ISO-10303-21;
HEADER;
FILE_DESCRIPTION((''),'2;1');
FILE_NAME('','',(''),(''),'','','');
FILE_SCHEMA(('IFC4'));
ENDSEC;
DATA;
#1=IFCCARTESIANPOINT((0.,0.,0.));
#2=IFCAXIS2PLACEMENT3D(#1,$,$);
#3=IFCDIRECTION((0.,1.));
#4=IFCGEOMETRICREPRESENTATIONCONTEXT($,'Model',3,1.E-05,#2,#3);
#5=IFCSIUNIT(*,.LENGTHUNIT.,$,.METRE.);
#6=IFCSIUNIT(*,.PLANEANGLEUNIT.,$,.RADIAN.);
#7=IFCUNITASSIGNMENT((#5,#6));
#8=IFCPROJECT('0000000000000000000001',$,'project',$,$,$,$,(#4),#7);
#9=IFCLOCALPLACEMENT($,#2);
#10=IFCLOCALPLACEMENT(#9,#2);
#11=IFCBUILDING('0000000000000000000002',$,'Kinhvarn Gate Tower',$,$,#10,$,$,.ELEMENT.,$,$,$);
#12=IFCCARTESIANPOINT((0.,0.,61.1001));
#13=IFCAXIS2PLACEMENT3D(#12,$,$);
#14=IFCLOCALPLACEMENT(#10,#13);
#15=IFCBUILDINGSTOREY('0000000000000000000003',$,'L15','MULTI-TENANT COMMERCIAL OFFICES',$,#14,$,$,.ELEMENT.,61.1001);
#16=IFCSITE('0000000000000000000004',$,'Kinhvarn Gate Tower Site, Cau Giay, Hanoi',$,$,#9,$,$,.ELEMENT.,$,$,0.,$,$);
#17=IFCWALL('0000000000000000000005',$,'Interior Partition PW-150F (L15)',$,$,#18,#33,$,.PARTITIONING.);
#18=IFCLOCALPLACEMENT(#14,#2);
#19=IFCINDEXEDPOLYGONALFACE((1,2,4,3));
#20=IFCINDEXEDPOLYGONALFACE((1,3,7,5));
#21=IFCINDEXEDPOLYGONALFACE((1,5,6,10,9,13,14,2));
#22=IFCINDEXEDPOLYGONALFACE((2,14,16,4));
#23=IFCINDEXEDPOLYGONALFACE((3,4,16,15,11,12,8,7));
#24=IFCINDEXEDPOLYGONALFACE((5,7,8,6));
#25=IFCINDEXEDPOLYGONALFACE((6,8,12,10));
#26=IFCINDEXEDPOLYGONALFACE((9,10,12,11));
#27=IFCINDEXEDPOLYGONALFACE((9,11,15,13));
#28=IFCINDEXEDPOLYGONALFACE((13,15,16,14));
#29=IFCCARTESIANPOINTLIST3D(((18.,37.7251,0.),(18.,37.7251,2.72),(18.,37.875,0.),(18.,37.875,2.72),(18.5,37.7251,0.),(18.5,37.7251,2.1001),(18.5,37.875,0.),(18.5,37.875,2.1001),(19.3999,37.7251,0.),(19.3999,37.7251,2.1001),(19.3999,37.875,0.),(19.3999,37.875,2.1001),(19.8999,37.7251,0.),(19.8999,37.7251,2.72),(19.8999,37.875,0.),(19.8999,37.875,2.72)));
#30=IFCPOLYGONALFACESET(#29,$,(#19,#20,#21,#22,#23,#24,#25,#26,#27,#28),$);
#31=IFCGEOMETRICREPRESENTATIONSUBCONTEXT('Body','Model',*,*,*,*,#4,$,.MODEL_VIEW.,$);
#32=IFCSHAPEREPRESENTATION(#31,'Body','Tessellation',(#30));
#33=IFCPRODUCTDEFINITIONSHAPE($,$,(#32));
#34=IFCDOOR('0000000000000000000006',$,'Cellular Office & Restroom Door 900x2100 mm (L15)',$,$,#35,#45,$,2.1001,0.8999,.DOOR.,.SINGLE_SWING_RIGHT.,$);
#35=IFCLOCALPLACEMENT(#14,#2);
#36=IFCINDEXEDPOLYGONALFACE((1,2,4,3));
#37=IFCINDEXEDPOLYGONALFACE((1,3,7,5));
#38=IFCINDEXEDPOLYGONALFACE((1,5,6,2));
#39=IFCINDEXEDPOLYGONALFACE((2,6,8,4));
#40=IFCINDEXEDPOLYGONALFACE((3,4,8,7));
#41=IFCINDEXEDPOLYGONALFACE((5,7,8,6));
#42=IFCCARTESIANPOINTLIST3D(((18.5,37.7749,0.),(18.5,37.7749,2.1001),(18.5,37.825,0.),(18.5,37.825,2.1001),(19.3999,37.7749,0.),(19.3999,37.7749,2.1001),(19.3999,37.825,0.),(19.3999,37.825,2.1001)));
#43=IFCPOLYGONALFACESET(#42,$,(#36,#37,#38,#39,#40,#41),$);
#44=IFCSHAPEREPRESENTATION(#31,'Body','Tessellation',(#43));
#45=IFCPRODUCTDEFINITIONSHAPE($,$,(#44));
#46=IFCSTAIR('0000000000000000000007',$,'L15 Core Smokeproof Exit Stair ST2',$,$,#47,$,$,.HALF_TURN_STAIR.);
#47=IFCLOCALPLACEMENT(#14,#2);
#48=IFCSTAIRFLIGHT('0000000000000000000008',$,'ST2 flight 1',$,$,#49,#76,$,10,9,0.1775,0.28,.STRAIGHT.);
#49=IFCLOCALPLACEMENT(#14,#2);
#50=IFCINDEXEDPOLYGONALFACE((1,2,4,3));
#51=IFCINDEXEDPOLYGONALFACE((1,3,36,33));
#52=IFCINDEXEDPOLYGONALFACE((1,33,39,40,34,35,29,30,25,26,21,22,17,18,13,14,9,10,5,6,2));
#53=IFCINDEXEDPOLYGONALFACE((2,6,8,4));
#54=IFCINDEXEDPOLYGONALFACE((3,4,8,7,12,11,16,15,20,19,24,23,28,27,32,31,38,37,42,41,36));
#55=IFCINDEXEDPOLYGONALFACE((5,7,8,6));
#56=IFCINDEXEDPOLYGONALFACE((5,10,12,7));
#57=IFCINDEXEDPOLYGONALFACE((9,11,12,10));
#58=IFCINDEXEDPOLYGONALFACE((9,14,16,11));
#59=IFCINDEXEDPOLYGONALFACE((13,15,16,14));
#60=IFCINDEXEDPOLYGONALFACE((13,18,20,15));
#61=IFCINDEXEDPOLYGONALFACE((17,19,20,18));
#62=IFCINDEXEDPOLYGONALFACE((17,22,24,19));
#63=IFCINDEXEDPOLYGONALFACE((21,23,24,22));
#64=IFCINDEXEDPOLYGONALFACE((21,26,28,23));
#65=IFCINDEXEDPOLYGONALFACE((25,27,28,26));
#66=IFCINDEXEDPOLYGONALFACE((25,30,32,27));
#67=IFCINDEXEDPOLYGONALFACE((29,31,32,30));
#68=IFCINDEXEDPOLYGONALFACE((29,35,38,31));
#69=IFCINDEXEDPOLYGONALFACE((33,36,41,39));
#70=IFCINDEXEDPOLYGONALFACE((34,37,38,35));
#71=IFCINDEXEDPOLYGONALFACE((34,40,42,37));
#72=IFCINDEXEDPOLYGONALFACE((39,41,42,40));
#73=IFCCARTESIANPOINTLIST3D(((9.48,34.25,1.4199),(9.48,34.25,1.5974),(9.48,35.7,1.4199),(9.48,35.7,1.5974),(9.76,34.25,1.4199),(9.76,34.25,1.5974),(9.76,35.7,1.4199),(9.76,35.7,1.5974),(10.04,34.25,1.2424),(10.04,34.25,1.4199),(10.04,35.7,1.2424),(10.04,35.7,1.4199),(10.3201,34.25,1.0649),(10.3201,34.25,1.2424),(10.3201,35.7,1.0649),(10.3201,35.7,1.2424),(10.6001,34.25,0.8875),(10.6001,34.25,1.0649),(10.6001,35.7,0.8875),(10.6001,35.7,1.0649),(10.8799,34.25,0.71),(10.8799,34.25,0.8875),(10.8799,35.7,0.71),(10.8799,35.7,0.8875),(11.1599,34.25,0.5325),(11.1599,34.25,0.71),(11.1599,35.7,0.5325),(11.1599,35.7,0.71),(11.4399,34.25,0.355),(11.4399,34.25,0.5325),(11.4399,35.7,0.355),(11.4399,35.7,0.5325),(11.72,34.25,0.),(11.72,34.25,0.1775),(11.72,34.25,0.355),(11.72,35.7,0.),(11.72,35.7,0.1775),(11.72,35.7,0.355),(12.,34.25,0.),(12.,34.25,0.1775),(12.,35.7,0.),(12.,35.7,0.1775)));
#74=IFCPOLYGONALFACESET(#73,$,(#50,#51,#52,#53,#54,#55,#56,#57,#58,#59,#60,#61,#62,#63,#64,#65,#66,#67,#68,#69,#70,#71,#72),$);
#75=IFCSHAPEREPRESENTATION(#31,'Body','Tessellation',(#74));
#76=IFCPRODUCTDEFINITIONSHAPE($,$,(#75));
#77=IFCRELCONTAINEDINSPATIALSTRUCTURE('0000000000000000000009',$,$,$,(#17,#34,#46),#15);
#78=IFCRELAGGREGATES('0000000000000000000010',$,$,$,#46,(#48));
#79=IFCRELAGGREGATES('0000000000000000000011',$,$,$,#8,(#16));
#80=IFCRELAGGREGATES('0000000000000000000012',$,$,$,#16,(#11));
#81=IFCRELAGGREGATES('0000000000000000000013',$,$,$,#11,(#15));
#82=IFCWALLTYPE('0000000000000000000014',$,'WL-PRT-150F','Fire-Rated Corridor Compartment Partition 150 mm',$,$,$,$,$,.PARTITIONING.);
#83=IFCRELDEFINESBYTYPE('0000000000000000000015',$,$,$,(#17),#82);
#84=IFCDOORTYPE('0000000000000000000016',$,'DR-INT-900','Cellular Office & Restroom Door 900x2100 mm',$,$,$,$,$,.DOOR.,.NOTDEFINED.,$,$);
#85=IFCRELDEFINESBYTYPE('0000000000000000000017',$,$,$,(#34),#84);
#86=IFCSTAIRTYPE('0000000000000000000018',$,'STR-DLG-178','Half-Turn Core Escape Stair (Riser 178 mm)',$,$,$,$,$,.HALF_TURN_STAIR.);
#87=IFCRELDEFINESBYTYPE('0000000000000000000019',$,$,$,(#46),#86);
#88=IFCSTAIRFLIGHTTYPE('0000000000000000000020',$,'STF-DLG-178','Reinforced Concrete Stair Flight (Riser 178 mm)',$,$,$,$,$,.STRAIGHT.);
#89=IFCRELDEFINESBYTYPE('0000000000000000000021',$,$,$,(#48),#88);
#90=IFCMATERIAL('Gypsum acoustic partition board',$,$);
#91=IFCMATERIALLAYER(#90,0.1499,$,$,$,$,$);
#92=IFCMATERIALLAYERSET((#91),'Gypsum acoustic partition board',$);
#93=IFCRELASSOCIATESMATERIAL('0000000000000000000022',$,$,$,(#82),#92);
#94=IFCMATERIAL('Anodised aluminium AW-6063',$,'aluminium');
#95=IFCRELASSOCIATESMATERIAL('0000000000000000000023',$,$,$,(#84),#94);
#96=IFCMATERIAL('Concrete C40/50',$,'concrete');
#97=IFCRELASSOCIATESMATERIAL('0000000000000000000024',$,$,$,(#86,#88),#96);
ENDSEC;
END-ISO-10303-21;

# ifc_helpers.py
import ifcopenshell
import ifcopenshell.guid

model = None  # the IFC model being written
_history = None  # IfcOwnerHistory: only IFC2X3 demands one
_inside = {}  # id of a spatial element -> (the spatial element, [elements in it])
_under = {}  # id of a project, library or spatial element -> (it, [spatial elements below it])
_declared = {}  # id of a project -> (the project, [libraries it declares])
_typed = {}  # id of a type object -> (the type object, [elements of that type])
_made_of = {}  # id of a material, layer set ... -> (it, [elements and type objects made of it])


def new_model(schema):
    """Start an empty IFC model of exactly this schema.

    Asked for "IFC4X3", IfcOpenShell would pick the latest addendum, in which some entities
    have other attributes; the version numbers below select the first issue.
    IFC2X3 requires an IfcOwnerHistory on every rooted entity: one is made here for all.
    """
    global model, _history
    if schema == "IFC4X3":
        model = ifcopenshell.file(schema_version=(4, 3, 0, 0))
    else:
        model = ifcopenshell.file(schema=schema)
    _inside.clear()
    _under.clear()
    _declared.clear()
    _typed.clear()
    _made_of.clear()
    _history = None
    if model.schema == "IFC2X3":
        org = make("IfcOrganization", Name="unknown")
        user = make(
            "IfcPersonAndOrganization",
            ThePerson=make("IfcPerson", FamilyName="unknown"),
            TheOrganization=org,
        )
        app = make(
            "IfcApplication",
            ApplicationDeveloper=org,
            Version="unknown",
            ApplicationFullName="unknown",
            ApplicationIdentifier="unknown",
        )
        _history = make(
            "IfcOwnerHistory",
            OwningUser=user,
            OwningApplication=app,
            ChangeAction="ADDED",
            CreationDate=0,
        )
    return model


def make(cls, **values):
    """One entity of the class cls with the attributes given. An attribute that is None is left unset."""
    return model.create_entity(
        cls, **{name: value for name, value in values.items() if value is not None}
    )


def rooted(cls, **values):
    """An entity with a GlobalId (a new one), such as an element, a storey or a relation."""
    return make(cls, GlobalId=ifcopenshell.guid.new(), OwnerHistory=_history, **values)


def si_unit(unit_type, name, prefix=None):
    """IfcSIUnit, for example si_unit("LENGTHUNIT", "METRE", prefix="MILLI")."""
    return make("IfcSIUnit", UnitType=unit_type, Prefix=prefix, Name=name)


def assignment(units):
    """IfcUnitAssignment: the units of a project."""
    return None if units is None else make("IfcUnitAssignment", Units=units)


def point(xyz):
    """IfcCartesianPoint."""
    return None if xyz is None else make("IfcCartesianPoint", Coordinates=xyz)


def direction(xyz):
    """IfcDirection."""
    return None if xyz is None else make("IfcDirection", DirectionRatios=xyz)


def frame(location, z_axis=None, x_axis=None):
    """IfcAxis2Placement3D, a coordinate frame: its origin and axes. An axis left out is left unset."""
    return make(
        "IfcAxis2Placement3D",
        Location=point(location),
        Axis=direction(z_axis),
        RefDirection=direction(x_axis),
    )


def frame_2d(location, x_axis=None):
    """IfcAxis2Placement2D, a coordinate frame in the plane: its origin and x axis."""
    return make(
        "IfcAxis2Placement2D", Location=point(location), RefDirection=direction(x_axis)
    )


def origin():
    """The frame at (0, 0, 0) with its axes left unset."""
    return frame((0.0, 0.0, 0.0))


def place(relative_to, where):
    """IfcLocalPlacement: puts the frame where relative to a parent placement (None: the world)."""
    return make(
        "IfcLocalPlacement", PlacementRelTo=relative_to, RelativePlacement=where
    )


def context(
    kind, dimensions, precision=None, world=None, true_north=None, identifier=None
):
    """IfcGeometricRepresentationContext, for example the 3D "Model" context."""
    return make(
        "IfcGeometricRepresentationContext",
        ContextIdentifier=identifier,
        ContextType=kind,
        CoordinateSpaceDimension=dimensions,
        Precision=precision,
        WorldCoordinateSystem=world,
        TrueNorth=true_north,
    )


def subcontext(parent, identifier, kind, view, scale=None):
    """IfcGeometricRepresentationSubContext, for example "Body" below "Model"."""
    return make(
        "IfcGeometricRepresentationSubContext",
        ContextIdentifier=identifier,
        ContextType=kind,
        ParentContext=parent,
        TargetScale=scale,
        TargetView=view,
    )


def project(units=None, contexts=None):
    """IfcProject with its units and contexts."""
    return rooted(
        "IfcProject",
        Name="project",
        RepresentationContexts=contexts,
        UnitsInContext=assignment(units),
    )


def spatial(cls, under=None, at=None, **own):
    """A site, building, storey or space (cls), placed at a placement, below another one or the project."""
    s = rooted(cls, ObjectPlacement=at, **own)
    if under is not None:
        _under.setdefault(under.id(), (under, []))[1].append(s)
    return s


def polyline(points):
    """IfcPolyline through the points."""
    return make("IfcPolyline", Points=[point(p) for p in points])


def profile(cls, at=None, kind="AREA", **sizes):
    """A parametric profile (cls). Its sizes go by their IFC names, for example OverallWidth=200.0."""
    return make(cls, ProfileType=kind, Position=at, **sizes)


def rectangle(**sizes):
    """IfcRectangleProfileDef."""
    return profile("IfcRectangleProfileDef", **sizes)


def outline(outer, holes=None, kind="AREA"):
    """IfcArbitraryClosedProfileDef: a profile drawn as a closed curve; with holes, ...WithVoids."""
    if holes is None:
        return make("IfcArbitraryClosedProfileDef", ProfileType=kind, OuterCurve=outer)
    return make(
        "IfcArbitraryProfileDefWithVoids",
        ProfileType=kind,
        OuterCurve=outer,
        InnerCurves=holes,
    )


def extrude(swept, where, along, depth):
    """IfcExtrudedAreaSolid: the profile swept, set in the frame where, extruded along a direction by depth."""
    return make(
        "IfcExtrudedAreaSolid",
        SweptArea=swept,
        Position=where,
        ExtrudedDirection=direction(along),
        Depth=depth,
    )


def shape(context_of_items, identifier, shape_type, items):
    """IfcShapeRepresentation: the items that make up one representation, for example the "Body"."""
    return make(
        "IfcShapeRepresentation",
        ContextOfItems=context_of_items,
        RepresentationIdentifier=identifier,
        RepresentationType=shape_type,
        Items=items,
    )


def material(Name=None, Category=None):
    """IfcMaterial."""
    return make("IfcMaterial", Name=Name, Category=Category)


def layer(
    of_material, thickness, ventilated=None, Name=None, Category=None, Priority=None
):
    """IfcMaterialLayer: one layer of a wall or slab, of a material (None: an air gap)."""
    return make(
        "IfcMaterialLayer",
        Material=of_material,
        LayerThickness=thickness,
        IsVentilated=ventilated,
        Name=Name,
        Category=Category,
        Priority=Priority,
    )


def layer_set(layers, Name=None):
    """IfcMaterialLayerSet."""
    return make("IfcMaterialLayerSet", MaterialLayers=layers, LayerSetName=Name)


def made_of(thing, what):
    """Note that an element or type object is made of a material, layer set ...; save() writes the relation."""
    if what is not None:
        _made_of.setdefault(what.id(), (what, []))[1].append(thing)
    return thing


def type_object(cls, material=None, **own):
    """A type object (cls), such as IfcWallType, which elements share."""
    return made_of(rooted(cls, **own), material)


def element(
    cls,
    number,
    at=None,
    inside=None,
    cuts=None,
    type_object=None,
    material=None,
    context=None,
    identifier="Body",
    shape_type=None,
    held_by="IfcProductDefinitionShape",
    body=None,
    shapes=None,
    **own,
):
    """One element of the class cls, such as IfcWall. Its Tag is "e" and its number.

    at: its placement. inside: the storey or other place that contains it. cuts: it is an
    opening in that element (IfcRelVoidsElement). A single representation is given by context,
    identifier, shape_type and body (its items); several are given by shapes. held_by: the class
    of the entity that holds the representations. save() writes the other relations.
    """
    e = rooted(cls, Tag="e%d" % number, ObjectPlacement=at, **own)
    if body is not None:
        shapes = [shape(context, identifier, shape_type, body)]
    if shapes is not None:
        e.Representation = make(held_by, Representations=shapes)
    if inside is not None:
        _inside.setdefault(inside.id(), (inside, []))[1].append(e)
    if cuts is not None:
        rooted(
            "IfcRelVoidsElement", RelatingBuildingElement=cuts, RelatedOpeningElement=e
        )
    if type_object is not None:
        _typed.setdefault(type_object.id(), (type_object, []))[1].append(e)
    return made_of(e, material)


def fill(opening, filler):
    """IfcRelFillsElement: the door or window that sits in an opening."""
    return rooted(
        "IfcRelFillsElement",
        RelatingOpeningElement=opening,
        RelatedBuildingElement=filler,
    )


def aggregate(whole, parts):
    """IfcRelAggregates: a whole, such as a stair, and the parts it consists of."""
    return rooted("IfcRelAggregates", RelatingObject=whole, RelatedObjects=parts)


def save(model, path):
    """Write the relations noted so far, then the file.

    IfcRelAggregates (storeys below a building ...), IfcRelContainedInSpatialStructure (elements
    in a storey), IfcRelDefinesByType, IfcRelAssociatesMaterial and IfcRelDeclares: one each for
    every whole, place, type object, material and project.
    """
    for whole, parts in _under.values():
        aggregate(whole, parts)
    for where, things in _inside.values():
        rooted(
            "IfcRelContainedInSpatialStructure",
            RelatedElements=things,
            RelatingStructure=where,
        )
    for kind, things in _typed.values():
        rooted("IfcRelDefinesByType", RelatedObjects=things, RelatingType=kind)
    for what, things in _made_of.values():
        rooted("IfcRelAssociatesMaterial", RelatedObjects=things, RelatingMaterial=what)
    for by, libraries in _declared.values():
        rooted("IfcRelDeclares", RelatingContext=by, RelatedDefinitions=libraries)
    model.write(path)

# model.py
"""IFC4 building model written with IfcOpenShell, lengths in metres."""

from ifc_helpers import new_model, si_unit, direction, frame, frame_2d, origin, place, context, subcontext, project, spatial, polyline, rectangle, outline, extrude, material, layer, layer_set, type_object, element, fill, aggregate, save


model = new_model("IFC4")

# Units and contexts
model_context = context("Model", 3, precision=1e-05, world=origin(), true_north=direction((0.0, 1.0)))
body_context = subcontext(model_context, "Body", "Model", "MODEL_VIEW")
ifc_project = project(units=[si_unit("LENGTHUNIT", "METRE"), si_unit("PLANEANGLEUNIT", "RADIAN")], contexts=[model_context])

# Site, building, storey
site_placement = place(None, origin())
site = spatial("IfcSite", under=ifc_project, at=site_placement, Name="Kinhvarn Gate Tower Site, Cau Giay, Hanoi", CompositionType="ELEMENT", RefElevation=0.0)
building_placement = place(site_placement, origin())
building = spatial("IfcBuilding", under=site, at=building_placement, Name="Kinhvarn Gate Tower", CompositionType="ELEMENT")
storey_placement = place(building_placement, frame((0.0, 0.0, 61.1001)))
storey = spatial("IfcBuildingStorey", under=building, at=storey_placement, Name="L15", Description="MULTI-TENANT COMMERCIAL OFFICES", CompositionType="ELEMENT", Elevation=61.1001)

# Shared definitions
ifc_material_1 = material(Name="Anodised aluminium AW-6063", Category="aluminium")

# Shared definitions
ifc_material_2 = material(Name="Gypsum acoustic partition board")

# Shared definitions
ifc_layer_1 = layer(ifc_material_2, 0.1499)
ifc_layer_set_1 = layer_set([ifc_layer_1], Name="Gypsum acoustic partition board")
wall_type_1 = type_object("IfcWallType", Name="WL-PRT-150F", Description="Fire-Rated Corridor Compartment Partition 150 mm", PredefinedType="PARTITIONING", material=ifc_layer_set_1)

# Wall, opening, door
wall_1_placement = place(storey_placement, frame((18.0, 37.8, 0.0), z_axis=(0.0, 0.0, 1.0), x_axis=(1.0, 0.0, 0.0)))
wall_1 = element("IfcWall", 1, at=wall_1_placement, inside=storey, type_object=wall_type_1, Name="Interior Partition PW-150F (L15)", PredefinedType="PARTITIONING", context=body_context, shape_type="SweptSolid", body=[
    extrude(rectangle(XDim=1.8999, YDim=0.1499, at=frame_2d((0.95, 0.0))), origin(), (0.0, 0.0, 1.0), 2.72),
])
opening_1_placement = place(wall_1_placement, frame((0.5, 0.0, 0.0)))
opening_1 = element("IfcOpeningElement", 2, at=opening_1_placement, cuts=wall_1, PredefinedType="OPENING", context=body_context, shape_type="SweptSolid", body=[
    extrude(rectangle(XDim=0.8999, YDim=2.1001, at=frame_2d((0.45, 1.05))), frame((0.0, 0.085, 0.0), z_axis=(0.0, -1.0, 0.0), x_axis=(1.0, 0.0, 0.0)), (0.0, 0.0, 1.0), 0.1699),
])
door_type_1 = type_object("IfcDoorType", Name="DR-INT-900", Description="Cellular Office & Restroom Door 900x2100 mm", OperationType="NOTDEFINED", PredefinedType="DOOR", material=ifc_material_1)
door_1_placement = place(opening_1_placement, origin())
door_1 = element("IfcDoor", 3, at=door_1_placement, inside=storey, type_object=door_type_1, Name="Cellular Office & Restroom Door 900x2100 mm (L15)", OperationType="SINGLE_SWING_RIGHT", OverallHeight=2.1001, OverallWidth=0.8999, PredefinedType="DOOR", context=body_context, shape_type="SweptSolid", body=[
    extrude(rectangle(XDim=0.8999, YDim=2.1001, at=frame_2d((0.45, 1.05))), frame((0.0, 0.0249, 0.0), z_axis=(0.0, -1.0, 0.0), x_axis=(1.0, 0.0, 0.0)), (0.0, 0.0, 1.0), 0.05),
])
fill(opening_1, door_1)

# Stair, stair flight
ifc_material_3 = material(Name="Concrete C40/50", Category="concrete")
stair_type = type_object("IfcStairType", Name="STR-DLG-178", Description="Half-Turn Core Escape Stair (Riser 178 mm)", PredefinedType="HALF_TURN_STAIR", material=ifc_material_3)
stair_placement = place(storey_placement, origin())
stair = element("IfcStair", 4, at=stair_placement, inside=storey, type_object=stair_type, Name="L15 Core Smokeproof Exit Stair ST2", PredefinedType="HALF_TURN_STAIR")
stair_flight_type = type_object("IfcStairFlightType", Name="STF-DLG-178", Description="Reinforced Concrete Stair Flight (Riser 178 mm)", PredefinedType="STRAIGHT", material=ifc_material_3)
stair_flight_placement = place(storey_placement, frame((12.0, 34.9751, 0.0), z_axis=(0.0, 0.0, 1.0), x_axis=(-1.0, 0.0, 0.0)))
stair_flight = element("IfcStairFlight", 5, at=stair_flight_placement, type_object=stair_flight_type, Name="ST2 flight 1", NumberOfRisers=10, NumberOfTreads=9, PredefinedType="STRAIGHT", RiserHeight=0.1775, TreadLength=0.28, context=body_context, shape_type="SweptSolid", body=[
    extrude(outline(polyline([(0.0, 0.0), (0.0, 0.1775), (0.28, 0.1775), (0.28, 0.355), (0.5601, 0.355), (0.5601, 0.5325), (0.8401, 0.5325), (0.8401, 0.71), (1.1201, 0.71), (1.1201, 0.8875), (1.3999, 0.8875), (1.3999, 1.0649), (1.6799, 1.0649), (1.6799, 1.2424), (1.96, 1.2424), (1.96, 1.4199), (2.24, 1.4199), (2.24, 1.5974), (2.52, 1.5974), (2.52, 1.7749), (2.52, 1.4199), (0.28, 0.0), (0.0, 0.0)])), frame((0.0, 0.7251, 0.0), z_axis=(0.0, -1.0, 0.0), x_axis=(1.0, 0.0, 0.0)), (0.0, 0.0, 1.0), 1.45),
])
aggregate(stair, [stair_flight])

save(model, "model.ifc")
